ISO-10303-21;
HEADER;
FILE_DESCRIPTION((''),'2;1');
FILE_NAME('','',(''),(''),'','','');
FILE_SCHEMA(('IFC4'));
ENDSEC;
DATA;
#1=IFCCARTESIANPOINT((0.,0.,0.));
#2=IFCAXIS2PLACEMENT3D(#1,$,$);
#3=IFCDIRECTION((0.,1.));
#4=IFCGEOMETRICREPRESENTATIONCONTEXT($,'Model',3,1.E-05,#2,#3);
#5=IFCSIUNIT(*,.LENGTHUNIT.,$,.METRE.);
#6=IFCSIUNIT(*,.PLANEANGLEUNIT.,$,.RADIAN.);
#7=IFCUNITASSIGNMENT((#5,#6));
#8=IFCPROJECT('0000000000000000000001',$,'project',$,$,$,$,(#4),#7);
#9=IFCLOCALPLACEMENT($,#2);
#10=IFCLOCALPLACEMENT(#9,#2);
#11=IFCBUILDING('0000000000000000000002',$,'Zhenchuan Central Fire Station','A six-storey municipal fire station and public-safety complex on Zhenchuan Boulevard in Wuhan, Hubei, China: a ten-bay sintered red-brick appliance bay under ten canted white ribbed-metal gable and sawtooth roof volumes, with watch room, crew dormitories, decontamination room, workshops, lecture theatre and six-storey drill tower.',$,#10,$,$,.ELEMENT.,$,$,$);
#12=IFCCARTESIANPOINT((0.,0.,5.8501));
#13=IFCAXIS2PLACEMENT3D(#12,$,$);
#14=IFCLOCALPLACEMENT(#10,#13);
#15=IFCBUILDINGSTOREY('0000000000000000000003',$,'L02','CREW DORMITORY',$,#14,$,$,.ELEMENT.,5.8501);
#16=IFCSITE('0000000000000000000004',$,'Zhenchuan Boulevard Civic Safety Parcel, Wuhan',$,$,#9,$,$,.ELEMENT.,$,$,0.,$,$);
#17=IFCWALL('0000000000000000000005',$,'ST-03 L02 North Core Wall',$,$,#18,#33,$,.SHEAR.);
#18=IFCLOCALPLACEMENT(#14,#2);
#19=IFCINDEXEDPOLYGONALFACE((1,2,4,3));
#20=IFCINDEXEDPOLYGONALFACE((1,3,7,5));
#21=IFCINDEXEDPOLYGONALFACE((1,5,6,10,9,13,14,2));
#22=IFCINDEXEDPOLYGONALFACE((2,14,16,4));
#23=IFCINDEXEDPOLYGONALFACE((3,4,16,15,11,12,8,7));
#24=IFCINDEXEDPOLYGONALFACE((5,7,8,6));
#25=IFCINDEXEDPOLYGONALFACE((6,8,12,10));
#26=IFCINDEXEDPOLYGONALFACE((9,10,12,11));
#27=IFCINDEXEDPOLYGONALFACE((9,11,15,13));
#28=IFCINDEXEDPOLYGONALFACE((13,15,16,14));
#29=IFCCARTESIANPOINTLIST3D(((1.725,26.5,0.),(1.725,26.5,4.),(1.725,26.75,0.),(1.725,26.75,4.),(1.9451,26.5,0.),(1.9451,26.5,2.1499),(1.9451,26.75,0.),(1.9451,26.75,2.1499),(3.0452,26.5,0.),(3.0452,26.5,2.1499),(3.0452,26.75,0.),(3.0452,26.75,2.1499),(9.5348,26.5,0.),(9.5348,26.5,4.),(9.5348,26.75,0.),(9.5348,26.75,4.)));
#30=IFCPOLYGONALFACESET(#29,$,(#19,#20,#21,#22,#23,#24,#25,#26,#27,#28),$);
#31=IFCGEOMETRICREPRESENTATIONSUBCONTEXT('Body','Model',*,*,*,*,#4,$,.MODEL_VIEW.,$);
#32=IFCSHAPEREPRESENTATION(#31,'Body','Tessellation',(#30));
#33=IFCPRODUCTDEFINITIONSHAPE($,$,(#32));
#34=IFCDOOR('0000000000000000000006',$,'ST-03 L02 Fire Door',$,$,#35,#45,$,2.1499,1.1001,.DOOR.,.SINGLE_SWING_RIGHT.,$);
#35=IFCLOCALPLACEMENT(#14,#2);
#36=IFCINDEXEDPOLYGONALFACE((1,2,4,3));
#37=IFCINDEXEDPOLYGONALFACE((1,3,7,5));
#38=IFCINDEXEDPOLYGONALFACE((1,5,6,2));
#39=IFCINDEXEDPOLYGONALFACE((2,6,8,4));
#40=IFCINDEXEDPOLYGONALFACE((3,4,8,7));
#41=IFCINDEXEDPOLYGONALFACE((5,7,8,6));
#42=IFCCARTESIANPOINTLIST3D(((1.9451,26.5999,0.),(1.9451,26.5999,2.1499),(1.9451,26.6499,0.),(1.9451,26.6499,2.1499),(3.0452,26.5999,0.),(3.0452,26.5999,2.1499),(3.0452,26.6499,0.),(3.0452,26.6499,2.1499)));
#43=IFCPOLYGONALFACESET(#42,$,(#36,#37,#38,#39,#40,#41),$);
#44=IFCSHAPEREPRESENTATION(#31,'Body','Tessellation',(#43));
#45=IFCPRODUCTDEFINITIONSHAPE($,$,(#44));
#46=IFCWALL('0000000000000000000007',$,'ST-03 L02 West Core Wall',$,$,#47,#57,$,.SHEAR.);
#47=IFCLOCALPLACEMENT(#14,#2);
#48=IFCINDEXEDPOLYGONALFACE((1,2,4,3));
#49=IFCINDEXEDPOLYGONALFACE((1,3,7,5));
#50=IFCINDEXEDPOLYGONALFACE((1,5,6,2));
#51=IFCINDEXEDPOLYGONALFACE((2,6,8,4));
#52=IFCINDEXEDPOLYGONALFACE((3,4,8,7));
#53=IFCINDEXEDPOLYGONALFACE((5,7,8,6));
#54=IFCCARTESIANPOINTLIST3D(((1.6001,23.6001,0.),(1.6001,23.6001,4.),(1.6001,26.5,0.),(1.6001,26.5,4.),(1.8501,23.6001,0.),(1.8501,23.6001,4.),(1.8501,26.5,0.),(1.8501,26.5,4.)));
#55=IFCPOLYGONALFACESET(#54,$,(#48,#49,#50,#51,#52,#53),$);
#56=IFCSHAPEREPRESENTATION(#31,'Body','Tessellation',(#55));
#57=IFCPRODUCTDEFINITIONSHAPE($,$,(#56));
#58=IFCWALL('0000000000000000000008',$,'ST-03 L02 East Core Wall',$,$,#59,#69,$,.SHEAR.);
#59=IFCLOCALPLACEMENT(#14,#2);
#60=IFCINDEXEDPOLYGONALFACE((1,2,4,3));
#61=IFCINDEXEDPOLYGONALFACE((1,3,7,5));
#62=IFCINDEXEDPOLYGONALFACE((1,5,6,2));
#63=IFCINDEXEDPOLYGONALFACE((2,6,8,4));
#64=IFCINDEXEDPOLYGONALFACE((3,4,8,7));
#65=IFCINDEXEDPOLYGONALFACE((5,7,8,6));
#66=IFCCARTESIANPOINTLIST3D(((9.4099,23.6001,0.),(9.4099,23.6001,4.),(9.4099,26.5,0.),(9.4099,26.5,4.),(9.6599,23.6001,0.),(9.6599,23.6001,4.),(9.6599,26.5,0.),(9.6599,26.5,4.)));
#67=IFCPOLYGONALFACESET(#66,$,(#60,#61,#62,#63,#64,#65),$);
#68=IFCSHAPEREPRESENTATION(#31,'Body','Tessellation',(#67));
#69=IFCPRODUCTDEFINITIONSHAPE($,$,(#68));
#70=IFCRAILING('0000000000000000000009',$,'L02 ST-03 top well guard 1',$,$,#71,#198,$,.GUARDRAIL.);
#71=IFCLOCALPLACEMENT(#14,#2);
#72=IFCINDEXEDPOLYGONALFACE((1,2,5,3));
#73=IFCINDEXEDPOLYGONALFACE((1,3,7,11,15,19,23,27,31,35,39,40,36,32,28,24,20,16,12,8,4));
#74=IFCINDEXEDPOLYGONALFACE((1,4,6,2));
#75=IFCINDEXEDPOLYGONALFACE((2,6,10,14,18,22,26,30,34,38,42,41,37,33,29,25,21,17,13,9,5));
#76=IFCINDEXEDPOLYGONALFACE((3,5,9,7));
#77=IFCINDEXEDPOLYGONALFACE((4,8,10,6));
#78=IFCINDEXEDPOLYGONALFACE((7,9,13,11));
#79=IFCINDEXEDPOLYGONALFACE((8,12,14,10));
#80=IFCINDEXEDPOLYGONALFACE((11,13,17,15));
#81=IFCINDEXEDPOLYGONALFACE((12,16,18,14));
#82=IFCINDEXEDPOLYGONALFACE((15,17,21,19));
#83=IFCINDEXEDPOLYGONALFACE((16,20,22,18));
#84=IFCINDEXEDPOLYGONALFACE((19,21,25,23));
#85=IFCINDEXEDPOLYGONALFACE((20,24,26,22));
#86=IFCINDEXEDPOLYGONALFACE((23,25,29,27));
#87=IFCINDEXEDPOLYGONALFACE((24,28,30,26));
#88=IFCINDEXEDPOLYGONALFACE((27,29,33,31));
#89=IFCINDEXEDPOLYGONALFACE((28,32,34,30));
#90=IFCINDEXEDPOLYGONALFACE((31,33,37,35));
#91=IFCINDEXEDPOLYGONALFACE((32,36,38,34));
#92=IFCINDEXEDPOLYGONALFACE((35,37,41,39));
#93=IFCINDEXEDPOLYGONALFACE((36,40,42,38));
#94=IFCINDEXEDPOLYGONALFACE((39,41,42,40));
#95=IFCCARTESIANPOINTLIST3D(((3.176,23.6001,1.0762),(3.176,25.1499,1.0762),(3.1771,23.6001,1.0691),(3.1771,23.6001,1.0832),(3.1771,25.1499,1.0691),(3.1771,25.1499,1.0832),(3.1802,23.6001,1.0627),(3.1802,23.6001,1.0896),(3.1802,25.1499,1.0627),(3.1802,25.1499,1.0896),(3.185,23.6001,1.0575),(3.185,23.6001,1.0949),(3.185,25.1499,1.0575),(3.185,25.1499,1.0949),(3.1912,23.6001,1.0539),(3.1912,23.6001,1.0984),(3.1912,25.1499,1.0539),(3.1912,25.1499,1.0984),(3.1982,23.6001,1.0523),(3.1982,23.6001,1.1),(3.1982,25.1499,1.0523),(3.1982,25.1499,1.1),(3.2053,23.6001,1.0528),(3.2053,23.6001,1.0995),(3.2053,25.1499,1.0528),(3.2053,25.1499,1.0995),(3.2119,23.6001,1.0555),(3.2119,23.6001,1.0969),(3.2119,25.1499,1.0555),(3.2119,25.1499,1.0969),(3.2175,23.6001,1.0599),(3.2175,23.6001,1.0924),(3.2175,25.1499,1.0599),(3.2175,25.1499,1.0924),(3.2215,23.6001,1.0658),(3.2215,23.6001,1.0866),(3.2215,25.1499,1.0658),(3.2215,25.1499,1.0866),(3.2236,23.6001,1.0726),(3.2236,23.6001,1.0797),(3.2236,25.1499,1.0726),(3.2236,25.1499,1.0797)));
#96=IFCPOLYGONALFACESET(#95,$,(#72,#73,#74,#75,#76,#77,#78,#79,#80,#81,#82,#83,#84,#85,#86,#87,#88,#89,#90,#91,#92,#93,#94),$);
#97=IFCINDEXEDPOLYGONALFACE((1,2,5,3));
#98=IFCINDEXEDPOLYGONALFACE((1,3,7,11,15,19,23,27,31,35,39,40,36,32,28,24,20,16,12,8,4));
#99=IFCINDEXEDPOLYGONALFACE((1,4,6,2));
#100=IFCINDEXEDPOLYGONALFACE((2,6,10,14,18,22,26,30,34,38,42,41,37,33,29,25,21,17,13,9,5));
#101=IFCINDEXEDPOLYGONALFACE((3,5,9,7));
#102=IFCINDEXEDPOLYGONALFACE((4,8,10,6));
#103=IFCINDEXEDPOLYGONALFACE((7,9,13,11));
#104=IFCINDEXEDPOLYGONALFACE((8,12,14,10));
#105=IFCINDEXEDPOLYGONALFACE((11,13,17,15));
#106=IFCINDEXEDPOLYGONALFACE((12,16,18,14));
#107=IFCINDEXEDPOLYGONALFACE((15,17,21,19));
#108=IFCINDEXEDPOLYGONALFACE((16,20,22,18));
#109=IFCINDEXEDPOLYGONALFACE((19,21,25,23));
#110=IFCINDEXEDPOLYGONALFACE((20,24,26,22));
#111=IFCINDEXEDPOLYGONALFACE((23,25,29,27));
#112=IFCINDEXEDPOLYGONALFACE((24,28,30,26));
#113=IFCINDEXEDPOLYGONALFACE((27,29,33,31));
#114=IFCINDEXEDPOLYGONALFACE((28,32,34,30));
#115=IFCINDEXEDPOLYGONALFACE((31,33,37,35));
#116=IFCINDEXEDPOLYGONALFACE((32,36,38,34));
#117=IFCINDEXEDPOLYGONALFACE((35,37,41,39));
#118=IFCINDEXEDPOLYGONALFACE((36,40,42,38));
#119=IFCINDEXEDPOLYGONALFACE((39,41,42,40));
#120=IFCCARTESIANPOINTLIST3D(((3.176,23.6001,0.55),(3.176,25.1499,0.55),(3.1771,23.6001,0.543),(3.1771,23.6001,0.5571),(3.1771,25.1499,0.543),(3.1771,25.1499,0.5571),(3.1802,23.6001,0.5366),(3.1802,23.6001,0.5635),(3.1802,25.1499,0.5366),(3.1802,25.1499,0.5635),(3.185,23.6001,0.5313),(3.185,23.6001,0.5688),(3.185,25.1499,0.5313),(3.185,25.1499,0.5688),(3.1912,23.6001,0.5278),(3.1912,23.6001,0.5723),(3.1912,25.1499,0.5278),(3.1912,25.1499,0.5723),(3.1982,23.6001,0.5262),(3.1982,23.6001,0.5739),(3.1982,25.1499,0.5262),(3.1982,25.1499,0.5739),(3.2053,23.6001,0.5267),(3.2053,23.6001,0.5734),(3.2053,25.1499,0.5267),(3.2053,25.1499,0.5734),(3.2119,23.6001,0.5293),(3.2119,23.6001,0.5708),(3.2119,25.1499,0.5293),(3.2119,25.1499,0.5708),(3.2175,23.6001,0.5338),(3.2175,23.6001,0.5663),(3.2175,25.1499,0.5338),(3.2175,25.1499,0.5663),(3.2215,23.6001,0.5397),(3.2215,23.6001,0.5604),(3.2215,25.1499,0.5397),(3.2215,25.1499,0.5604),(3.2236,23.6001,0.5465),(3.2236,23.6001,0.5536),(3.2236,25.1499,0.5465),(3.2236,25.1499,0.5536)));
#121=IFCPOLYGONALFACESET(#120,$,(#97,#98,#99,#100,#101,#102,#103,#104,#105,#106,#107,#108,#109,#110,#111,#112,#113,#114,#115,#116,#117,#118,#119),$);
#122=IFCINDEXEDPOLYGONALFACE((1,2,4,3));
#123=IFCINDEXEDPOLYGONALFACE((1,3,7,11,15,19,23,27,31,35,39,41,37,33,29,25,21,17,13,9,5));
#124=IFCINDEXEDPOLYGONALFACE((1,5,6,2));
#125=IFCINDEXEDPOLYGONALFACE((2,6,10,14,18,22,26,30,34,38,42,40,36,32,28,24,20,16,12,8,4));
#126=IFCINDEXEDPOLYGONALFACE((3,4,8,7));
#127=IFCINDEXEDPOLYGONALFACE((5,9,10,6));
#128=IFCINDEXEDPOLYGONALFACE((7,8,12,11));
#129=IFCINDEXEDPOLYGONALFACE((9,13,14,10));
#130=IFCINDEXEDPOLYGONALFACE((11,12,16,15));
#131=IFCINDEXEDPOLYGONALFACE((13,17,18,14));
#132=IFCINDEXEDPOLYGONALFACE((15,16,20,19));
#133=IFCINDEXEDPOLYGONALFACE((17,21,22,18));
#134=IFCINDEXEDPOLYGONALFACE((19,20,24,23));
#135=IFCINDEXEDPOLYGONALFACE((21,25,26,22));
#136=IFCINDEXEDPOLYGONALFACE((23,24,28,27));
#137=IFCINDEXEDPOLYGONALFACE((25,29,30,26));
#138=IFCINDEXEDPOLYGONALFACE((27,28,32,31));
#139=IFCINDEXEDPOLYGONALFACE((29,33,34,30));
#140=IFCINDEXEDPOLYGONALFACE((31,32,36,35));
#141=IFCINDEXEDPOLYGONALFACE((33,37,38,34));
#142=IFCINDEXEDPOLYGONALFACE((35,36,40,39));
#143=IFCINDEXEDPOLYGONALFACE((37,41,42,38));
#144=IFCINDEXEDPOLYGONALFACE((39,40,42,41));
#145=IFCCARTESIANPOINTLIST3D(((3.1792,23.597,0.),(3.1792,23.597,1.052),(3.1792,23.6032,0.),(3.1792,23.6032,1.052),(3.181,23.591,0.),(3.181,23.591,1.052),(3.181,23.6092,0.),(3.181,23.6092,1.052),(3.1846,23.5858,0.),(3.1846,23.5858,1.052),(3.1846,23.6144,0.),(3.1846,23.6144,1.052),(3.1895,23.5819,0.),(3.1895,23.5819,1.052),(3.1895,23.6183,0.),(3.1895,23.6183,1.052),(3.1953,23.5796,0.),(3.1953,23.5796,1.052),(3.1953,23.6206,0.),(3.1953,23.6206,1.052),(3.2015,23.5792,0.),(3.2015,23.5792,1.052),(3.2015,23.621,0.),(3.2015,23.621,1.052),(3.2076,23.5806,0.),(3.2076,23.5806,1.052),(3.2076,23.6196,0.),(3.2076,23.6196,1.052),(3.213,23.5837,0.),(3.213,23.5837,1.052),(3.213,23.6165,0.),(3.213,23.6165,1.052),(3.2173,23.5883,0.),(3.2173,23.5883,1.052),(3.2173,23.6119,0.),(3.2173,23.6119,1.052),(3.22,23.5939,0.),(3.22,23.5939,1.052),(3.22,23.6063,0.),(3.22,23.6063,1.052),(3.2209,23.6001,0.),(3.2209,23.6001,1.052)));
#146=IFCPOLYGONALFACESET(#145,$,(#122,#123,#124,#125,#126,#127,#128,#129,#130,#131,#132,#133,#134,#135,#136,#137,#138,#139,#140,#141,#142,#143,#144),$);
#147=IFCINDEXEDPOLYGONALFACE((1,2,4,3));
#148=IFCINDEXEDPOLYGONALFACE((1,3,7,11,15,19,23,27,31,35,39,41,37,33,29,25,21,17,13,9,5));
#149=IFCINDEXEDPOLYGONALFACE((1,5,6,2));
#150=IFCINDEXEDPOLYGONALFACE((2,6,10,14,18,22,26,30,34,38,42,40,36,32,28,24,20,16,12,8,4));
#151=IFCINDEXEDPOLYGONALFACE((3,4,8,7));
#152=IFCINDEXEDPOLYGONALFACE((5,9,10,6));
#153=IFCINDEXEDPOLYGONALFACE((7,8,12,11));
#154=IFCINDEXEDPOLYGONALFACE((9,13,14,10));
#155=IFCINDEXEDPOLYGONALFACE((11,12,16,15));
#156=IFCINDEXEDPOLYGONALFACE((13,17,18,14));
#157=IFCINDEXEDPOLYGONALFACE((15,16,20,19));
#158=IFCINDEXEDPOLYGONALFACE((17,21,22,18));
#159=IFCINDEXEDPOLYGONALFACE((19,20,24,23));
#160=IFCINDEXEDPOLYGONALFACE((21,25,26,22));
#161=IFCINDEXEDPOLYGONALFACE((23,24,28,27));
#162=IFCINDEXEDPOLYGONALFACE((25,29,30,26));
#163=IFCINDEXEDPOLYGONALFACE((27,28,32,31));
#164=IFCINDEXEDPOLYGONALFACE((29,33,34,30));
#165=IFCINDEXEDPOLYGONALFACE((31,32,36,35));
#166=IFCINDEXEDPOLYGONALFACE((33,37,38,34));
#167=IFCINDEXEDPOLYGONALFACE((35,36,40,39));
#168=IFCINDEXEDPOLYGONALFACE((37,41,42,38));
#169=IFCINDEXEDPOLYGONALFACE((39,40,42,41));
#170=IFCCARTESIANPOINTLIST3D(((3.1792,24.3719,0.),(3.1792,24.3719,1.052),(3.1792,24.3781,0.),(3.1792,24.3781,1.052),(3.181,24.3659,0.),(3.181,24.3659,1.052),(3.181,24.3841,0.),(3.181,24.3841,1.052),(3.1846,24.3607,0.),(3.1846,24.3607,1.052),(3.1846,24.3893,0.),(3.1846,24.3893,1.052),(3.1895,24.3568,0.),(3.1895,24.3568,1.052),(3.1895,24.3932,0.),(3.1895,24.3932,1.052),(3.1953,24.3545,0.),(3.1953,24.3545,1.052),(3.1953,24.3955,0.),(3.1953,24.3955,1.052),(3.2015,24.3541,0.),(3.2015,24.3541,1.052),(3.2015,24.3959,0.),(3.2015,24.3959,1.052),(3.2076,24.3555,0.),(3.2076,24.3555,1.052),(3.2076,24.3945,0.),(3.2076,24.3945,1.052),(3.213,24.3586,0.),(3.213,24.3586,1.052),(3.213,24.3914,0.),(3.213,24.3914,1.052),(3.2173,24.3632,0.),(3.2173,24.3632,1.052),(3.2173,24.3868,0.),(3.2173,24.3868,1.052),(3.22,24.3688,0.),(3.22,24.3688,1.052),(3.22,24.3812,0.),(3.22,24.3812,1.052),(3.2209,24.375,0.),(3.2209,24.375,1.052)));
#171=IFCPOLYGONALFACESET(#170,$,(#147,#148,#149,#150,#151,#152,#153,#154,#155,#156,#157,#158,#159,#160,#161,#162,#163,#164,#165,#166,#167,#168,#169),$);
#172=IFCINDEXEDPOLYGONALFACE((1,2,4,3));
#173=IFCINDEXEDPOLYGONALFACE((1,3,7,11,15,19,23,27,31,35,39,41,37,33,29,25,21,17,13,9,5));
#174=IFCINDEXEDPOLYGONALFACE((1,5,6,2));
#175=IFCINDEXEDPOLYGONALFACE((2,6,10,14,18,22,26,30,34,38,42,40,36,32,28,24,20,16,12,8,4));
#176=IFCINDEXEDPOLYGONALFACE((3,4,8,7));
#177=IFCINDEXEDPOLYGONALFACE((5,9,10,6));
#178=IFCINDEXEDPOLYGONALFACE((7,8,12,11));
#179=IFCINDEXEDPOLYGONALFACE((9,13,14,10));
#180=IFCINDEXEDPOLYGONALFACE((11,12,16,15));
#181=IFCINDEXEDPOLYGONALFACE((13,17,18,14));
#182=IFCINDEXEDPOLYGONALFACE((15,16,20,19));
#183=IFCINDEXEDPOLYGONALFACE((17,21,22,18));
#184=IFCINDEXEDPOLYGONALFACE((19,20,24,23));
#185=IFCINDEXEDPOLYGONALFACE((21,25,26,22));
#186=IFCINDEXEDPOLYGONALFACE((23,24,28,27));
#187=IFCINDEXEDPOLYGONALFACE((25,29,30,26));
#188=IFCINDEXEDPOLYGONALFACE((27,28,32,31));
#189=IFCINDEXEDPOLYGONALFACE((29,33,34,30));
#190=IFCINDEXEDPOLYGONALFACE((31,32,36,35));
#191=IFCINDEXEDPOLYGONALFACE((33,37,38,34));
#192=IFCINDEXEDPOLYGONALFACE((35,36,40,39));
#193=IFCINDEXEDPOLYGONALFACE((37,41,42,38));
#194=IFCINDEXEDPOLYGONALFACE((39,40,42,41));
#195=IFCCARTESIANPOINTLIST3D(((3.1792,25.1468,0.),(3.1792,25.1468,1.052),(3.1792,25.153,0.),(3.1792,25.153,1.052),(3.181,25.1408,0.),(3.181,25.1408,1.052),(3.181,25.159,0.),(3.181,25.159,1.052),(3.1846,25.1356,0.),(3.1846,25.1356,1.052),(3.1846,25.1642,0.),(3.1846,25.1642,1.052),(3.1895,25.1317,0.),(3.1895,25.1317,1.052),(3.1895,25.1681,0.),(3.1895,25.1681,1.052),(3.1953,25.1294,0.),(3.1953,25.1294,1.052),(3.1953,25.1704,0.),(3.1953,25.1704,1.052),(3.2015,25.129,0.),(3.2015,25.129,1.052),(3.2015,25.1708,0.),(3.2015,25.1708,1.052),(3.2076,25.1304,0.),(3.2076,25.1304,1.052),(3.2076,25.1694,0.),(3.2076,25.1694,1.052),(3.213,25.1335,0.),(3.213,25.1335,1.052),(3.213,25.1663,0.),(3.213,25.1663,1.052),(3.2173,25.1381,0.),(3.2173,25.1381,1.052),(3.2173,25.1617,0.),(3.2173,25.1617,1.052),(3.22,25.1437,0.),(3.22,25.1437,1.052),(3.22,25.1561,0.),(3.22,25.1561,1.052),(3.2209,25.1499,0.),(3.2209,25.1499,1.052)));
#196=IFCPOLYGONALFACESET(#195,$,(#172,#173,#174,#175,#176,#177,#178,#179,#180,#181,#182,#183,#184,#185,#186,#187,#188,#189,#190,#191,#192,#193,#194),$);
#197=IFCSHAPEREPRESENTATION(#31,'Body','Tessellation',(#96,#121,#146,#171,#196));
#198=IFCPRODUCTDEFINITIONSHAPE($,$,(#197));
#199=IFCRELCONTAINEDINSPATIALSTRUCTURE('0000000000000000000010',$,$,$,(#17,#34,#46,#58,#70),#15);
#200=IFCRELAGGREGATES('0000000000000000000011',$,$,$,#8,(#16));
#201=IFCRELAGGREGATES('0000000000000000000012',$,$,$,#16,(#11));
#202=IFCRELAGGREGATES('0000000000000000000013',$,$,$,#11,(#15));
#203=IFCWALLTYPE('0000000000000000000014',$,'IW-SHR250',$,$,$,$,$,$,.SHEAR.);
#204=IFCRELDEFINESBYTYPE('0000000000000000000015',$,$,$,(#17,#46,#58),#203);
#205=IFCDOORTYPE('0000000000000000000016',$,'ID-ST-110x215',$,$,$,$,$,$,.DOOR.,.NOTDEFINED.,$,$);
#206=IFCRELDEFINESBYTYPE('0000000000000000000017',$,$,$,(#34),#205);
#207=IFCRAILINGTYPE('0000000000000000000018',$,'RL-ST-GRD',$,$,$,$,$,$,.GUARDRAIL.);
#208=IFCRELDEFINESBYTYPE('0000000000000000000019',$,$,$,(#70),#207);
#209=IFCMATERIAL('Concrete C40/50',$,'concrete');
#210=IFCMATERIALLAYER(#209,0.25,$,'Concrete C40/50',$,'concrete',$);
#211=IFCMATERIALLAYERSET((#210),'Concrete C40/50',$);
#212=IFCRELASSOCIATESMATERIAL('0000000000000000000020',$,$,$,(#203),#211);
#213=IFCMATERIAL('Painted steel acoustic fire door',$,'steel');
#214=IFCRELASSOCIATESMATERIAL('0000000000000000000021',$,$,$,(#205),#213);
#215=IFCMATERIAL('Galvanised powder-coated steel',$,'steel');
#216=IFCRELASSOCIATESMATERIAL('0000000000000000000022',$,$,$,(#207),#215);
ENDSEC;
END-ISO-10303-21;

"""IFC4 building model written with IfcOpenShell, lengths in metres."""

from ifc_helpers import new_model, si_unit, direction, frame, frame_2d, origin, origin_2d, place, context, subcontext, project, spatial, rectangle, circle, extrude, material, layer, layer_set, type_object, element, fill, save


model = new_model("IFC4")

# Units and contexts
model_context = context("Model", 3, precision=1e-05, world=origin(), true_north=direction((0.0, 1.0)))
body_context = subcontext(model_context, "Body", "Model", "MODEL_VIEW")
ifc_project = project(units=[si_unit("LENGTHUNIT", "METRE"), si_unit("PLANEANGLEUNIT", "RADIAN")], contexts=[model_context])

# Site, building, storey
site_placement = place(None, origin())
site = spatial("IfcSite", under=ifc_project, at=site_placement, Name="Zhenchuan Boulevard Civic Safety Parcel, Wuhan", CompositionType="ELEMENT", RefElevation=0.0)
building_placement = place(site_placement, origin())
building = spatial("IfcBuilding", under=site, at=building_placement, Name="Zhenchuan Central Fire Station", Description="A six-storey municipal fire station and public-safety complex on Zhenchuan Boulevard in Wuhan, Hubei, China: a ten-bay sintered red-brick appliance bay under ten canted white ribbed-metal gable and sawtooth roof volumes, with watch room, crew dormitories, decontamination room, workshops, lecture theatre and six-storey drill tower.", CompositionType="ELEMENT")
storey_placement = place(building_placement, frame((0.0, 0.0, 5.8501)))
storey = spatial("IfcBuildingStorey", under=building, at=storey_placement, Name="L02", Description="CREW DORMITORY", CompositionType="ELEMENT", Elevation=5.8501)

# Shared definitions
ifc_material_1 = material(Name="Concrete C40/50", Category="concrete")
ifc_layer_1 = layer(ifc_material_1, 0.25, Name="Concrete C40/50", Category="concrete")
ifc_layer_set_1 = layer_set([ifc_layer_1], Name="Concrete C40/50")
wall_type_1 = type_object("IfcWallType", Name="IW-SHR250", PredefinedType="SHEAR", material=ifc_layer_set_1)

# Wall, opening, door
wall_1_placement = place(storey_placement, frame((1.7251, 26.625, 0.0), z_axis=(0.0, 0.0, 1.0), x_axis=(1.0, 0.0, 0.0)))
wall_1 = element("IfcWall", 1, at=wall_1_placement, inside=storey, type_object=wall_type_1, Name="ST-03 L02 North Core Wall", PredefinedType="SHEAR", context=body_context, shape_type="SweptSolid", body=[
    extrude(rectangle(XDim=7.8098, YDim=0.25, at=frame_2d((3.9048, 0.0))), origin(), (0.0, 0.0, 1.0), 4.0),
])
opening_1_placement = place(wall_1_placement, frame((0.22, 0.0, 0.0)))
opening_1 = element("IfcOpeningElement", 2, at=opening_1_placement, cuts=wall_1, PredefinedType="OPENING", context=body_context, shape_type="SweptSolid", body=[
    extrude(rectangle(XDim=1.1001, YDim=2.1499, at=frame_2d((0.55, 1.075))), frame((0.0, 0.135, 0.0), z_axis=(0.0, -1.0, 0.0), x_axis=(1.0, 0.0, 0.0)), (0.0, 0.0, 1.0), 0.27),
])
ifc_material_2 = material(Name="Painted steel acoustic fire door", Category="steel")
door_type = type_object("IfcDoorType", Name="ID-ST-110x215", OperationType="NOTDEFINED", PredefinedType="DOOR", material=ifc_material_2)
door_placement = place(opening_1_placement, origin())
door = element("IfcDoor", 3, at=door_placement, inside=storey, type_object=door_type, Name="ST-03 L02 Fire Door", OperationType="SINGLE_SWING_RIGHT", OverallHeight=2.1499, OverallWidth=1.1001, PredefinedType="DOOR", context=body_context, shape_type="SweptSolid", body=[
    extrude(rectangle(XDim=1.1001, YDim=2.1499, at=frame_2d((0.55, 1.075))), frame((0.0, 0.0249, 0.0), z_axis=(0.0, -1.0, 0.0), x_axis=(1.0, 0.0, 0.0)), (0.0, 0.0, 1.0), 0.05),
])
fill(opening_1, door)

# Walls
for number, where, z_axis, x_axis, name in (
    (4, (1.7251, 23.6001, 0.0), (0.0, 0.0, 1.0), (0.0, 1.0, 0.0), "ST-03 L02 West Core Wall"),
    (5, (9.5349, 23.6001, 0.0), (0.0, 0.0, 1.0), (0.0, 1.0, 0.0), "ST-03 L02 East Core Wall"),
):
    element("IfcWall", number, at=place(storey_placement, frame(where, z_axis=z_axis, x_axis=x_axis)), inside=storey, type_object=wall_type_1, Name=name, PredefinedType="SHEAR", context=body_context, shape_type="SweptSolid", body=[
        extrude(rectangle(XDim=2.8999, YDim=0.25, at=frame_2d((1.45, 0.0))), origin(), (0.0, 0.0, 1.0), 4.0),
    ])

# Railing
ifc_material_3 = material(Name="Galvanised powder-coated steel", Category="steel")
railing_type = type_object("IfcRailingType", Name="RL-ST-GRD", PredefinedType="GUARDRAIL", material=ifc_material_3)
railing_placement = place(storey_placement, frame((3.2, 23.6001, 0.0)))
element("IfcRailing", 6, at=railing_placement, inside=storey, type_object=railing_type, Name="L02 ST-03 top well guard 1", PredefinedType="GUARDRAIL", context=body_context, shape_type="SweptSolid", body=[
    extrude(circle(Radius=0.0239, at=origin_2d()), frame((0.0, 0.0, 1.0762), z_axis=(0.0, 1.0, 0.0), x_axis=(-1.0, 0.0, 0.0)), (0.0, 0.0, 1.0), 1.5498),
    extrude(circle(Radius=0.0239, at=origin_2d()), frame((0.0, 0.0, 0.55), z_axis=(0.0, 1.0, 0.0), x_axis=(-1.0, 0.0, 0.0)), (0.0, 0.0, 1.0), 1.5498),
    extrude(circle(Radius=0.021, at=origin_2d()), origin(), (0.0, 0.0, 1.0), 1.052),
    extrude(circle(Radius=0.021, at=origin_2d()), frame((0.0, 0.7749, 0.0)), (0.0, 0.0, 1.0), 1.052),
    extrude(circle(Radius=0.021, at=origin_2d()), frame((0.0, 1.5498, 0.0)), (0.0, 0.0, 1.0), 1.052),
])

save(model, "model.ifc")
